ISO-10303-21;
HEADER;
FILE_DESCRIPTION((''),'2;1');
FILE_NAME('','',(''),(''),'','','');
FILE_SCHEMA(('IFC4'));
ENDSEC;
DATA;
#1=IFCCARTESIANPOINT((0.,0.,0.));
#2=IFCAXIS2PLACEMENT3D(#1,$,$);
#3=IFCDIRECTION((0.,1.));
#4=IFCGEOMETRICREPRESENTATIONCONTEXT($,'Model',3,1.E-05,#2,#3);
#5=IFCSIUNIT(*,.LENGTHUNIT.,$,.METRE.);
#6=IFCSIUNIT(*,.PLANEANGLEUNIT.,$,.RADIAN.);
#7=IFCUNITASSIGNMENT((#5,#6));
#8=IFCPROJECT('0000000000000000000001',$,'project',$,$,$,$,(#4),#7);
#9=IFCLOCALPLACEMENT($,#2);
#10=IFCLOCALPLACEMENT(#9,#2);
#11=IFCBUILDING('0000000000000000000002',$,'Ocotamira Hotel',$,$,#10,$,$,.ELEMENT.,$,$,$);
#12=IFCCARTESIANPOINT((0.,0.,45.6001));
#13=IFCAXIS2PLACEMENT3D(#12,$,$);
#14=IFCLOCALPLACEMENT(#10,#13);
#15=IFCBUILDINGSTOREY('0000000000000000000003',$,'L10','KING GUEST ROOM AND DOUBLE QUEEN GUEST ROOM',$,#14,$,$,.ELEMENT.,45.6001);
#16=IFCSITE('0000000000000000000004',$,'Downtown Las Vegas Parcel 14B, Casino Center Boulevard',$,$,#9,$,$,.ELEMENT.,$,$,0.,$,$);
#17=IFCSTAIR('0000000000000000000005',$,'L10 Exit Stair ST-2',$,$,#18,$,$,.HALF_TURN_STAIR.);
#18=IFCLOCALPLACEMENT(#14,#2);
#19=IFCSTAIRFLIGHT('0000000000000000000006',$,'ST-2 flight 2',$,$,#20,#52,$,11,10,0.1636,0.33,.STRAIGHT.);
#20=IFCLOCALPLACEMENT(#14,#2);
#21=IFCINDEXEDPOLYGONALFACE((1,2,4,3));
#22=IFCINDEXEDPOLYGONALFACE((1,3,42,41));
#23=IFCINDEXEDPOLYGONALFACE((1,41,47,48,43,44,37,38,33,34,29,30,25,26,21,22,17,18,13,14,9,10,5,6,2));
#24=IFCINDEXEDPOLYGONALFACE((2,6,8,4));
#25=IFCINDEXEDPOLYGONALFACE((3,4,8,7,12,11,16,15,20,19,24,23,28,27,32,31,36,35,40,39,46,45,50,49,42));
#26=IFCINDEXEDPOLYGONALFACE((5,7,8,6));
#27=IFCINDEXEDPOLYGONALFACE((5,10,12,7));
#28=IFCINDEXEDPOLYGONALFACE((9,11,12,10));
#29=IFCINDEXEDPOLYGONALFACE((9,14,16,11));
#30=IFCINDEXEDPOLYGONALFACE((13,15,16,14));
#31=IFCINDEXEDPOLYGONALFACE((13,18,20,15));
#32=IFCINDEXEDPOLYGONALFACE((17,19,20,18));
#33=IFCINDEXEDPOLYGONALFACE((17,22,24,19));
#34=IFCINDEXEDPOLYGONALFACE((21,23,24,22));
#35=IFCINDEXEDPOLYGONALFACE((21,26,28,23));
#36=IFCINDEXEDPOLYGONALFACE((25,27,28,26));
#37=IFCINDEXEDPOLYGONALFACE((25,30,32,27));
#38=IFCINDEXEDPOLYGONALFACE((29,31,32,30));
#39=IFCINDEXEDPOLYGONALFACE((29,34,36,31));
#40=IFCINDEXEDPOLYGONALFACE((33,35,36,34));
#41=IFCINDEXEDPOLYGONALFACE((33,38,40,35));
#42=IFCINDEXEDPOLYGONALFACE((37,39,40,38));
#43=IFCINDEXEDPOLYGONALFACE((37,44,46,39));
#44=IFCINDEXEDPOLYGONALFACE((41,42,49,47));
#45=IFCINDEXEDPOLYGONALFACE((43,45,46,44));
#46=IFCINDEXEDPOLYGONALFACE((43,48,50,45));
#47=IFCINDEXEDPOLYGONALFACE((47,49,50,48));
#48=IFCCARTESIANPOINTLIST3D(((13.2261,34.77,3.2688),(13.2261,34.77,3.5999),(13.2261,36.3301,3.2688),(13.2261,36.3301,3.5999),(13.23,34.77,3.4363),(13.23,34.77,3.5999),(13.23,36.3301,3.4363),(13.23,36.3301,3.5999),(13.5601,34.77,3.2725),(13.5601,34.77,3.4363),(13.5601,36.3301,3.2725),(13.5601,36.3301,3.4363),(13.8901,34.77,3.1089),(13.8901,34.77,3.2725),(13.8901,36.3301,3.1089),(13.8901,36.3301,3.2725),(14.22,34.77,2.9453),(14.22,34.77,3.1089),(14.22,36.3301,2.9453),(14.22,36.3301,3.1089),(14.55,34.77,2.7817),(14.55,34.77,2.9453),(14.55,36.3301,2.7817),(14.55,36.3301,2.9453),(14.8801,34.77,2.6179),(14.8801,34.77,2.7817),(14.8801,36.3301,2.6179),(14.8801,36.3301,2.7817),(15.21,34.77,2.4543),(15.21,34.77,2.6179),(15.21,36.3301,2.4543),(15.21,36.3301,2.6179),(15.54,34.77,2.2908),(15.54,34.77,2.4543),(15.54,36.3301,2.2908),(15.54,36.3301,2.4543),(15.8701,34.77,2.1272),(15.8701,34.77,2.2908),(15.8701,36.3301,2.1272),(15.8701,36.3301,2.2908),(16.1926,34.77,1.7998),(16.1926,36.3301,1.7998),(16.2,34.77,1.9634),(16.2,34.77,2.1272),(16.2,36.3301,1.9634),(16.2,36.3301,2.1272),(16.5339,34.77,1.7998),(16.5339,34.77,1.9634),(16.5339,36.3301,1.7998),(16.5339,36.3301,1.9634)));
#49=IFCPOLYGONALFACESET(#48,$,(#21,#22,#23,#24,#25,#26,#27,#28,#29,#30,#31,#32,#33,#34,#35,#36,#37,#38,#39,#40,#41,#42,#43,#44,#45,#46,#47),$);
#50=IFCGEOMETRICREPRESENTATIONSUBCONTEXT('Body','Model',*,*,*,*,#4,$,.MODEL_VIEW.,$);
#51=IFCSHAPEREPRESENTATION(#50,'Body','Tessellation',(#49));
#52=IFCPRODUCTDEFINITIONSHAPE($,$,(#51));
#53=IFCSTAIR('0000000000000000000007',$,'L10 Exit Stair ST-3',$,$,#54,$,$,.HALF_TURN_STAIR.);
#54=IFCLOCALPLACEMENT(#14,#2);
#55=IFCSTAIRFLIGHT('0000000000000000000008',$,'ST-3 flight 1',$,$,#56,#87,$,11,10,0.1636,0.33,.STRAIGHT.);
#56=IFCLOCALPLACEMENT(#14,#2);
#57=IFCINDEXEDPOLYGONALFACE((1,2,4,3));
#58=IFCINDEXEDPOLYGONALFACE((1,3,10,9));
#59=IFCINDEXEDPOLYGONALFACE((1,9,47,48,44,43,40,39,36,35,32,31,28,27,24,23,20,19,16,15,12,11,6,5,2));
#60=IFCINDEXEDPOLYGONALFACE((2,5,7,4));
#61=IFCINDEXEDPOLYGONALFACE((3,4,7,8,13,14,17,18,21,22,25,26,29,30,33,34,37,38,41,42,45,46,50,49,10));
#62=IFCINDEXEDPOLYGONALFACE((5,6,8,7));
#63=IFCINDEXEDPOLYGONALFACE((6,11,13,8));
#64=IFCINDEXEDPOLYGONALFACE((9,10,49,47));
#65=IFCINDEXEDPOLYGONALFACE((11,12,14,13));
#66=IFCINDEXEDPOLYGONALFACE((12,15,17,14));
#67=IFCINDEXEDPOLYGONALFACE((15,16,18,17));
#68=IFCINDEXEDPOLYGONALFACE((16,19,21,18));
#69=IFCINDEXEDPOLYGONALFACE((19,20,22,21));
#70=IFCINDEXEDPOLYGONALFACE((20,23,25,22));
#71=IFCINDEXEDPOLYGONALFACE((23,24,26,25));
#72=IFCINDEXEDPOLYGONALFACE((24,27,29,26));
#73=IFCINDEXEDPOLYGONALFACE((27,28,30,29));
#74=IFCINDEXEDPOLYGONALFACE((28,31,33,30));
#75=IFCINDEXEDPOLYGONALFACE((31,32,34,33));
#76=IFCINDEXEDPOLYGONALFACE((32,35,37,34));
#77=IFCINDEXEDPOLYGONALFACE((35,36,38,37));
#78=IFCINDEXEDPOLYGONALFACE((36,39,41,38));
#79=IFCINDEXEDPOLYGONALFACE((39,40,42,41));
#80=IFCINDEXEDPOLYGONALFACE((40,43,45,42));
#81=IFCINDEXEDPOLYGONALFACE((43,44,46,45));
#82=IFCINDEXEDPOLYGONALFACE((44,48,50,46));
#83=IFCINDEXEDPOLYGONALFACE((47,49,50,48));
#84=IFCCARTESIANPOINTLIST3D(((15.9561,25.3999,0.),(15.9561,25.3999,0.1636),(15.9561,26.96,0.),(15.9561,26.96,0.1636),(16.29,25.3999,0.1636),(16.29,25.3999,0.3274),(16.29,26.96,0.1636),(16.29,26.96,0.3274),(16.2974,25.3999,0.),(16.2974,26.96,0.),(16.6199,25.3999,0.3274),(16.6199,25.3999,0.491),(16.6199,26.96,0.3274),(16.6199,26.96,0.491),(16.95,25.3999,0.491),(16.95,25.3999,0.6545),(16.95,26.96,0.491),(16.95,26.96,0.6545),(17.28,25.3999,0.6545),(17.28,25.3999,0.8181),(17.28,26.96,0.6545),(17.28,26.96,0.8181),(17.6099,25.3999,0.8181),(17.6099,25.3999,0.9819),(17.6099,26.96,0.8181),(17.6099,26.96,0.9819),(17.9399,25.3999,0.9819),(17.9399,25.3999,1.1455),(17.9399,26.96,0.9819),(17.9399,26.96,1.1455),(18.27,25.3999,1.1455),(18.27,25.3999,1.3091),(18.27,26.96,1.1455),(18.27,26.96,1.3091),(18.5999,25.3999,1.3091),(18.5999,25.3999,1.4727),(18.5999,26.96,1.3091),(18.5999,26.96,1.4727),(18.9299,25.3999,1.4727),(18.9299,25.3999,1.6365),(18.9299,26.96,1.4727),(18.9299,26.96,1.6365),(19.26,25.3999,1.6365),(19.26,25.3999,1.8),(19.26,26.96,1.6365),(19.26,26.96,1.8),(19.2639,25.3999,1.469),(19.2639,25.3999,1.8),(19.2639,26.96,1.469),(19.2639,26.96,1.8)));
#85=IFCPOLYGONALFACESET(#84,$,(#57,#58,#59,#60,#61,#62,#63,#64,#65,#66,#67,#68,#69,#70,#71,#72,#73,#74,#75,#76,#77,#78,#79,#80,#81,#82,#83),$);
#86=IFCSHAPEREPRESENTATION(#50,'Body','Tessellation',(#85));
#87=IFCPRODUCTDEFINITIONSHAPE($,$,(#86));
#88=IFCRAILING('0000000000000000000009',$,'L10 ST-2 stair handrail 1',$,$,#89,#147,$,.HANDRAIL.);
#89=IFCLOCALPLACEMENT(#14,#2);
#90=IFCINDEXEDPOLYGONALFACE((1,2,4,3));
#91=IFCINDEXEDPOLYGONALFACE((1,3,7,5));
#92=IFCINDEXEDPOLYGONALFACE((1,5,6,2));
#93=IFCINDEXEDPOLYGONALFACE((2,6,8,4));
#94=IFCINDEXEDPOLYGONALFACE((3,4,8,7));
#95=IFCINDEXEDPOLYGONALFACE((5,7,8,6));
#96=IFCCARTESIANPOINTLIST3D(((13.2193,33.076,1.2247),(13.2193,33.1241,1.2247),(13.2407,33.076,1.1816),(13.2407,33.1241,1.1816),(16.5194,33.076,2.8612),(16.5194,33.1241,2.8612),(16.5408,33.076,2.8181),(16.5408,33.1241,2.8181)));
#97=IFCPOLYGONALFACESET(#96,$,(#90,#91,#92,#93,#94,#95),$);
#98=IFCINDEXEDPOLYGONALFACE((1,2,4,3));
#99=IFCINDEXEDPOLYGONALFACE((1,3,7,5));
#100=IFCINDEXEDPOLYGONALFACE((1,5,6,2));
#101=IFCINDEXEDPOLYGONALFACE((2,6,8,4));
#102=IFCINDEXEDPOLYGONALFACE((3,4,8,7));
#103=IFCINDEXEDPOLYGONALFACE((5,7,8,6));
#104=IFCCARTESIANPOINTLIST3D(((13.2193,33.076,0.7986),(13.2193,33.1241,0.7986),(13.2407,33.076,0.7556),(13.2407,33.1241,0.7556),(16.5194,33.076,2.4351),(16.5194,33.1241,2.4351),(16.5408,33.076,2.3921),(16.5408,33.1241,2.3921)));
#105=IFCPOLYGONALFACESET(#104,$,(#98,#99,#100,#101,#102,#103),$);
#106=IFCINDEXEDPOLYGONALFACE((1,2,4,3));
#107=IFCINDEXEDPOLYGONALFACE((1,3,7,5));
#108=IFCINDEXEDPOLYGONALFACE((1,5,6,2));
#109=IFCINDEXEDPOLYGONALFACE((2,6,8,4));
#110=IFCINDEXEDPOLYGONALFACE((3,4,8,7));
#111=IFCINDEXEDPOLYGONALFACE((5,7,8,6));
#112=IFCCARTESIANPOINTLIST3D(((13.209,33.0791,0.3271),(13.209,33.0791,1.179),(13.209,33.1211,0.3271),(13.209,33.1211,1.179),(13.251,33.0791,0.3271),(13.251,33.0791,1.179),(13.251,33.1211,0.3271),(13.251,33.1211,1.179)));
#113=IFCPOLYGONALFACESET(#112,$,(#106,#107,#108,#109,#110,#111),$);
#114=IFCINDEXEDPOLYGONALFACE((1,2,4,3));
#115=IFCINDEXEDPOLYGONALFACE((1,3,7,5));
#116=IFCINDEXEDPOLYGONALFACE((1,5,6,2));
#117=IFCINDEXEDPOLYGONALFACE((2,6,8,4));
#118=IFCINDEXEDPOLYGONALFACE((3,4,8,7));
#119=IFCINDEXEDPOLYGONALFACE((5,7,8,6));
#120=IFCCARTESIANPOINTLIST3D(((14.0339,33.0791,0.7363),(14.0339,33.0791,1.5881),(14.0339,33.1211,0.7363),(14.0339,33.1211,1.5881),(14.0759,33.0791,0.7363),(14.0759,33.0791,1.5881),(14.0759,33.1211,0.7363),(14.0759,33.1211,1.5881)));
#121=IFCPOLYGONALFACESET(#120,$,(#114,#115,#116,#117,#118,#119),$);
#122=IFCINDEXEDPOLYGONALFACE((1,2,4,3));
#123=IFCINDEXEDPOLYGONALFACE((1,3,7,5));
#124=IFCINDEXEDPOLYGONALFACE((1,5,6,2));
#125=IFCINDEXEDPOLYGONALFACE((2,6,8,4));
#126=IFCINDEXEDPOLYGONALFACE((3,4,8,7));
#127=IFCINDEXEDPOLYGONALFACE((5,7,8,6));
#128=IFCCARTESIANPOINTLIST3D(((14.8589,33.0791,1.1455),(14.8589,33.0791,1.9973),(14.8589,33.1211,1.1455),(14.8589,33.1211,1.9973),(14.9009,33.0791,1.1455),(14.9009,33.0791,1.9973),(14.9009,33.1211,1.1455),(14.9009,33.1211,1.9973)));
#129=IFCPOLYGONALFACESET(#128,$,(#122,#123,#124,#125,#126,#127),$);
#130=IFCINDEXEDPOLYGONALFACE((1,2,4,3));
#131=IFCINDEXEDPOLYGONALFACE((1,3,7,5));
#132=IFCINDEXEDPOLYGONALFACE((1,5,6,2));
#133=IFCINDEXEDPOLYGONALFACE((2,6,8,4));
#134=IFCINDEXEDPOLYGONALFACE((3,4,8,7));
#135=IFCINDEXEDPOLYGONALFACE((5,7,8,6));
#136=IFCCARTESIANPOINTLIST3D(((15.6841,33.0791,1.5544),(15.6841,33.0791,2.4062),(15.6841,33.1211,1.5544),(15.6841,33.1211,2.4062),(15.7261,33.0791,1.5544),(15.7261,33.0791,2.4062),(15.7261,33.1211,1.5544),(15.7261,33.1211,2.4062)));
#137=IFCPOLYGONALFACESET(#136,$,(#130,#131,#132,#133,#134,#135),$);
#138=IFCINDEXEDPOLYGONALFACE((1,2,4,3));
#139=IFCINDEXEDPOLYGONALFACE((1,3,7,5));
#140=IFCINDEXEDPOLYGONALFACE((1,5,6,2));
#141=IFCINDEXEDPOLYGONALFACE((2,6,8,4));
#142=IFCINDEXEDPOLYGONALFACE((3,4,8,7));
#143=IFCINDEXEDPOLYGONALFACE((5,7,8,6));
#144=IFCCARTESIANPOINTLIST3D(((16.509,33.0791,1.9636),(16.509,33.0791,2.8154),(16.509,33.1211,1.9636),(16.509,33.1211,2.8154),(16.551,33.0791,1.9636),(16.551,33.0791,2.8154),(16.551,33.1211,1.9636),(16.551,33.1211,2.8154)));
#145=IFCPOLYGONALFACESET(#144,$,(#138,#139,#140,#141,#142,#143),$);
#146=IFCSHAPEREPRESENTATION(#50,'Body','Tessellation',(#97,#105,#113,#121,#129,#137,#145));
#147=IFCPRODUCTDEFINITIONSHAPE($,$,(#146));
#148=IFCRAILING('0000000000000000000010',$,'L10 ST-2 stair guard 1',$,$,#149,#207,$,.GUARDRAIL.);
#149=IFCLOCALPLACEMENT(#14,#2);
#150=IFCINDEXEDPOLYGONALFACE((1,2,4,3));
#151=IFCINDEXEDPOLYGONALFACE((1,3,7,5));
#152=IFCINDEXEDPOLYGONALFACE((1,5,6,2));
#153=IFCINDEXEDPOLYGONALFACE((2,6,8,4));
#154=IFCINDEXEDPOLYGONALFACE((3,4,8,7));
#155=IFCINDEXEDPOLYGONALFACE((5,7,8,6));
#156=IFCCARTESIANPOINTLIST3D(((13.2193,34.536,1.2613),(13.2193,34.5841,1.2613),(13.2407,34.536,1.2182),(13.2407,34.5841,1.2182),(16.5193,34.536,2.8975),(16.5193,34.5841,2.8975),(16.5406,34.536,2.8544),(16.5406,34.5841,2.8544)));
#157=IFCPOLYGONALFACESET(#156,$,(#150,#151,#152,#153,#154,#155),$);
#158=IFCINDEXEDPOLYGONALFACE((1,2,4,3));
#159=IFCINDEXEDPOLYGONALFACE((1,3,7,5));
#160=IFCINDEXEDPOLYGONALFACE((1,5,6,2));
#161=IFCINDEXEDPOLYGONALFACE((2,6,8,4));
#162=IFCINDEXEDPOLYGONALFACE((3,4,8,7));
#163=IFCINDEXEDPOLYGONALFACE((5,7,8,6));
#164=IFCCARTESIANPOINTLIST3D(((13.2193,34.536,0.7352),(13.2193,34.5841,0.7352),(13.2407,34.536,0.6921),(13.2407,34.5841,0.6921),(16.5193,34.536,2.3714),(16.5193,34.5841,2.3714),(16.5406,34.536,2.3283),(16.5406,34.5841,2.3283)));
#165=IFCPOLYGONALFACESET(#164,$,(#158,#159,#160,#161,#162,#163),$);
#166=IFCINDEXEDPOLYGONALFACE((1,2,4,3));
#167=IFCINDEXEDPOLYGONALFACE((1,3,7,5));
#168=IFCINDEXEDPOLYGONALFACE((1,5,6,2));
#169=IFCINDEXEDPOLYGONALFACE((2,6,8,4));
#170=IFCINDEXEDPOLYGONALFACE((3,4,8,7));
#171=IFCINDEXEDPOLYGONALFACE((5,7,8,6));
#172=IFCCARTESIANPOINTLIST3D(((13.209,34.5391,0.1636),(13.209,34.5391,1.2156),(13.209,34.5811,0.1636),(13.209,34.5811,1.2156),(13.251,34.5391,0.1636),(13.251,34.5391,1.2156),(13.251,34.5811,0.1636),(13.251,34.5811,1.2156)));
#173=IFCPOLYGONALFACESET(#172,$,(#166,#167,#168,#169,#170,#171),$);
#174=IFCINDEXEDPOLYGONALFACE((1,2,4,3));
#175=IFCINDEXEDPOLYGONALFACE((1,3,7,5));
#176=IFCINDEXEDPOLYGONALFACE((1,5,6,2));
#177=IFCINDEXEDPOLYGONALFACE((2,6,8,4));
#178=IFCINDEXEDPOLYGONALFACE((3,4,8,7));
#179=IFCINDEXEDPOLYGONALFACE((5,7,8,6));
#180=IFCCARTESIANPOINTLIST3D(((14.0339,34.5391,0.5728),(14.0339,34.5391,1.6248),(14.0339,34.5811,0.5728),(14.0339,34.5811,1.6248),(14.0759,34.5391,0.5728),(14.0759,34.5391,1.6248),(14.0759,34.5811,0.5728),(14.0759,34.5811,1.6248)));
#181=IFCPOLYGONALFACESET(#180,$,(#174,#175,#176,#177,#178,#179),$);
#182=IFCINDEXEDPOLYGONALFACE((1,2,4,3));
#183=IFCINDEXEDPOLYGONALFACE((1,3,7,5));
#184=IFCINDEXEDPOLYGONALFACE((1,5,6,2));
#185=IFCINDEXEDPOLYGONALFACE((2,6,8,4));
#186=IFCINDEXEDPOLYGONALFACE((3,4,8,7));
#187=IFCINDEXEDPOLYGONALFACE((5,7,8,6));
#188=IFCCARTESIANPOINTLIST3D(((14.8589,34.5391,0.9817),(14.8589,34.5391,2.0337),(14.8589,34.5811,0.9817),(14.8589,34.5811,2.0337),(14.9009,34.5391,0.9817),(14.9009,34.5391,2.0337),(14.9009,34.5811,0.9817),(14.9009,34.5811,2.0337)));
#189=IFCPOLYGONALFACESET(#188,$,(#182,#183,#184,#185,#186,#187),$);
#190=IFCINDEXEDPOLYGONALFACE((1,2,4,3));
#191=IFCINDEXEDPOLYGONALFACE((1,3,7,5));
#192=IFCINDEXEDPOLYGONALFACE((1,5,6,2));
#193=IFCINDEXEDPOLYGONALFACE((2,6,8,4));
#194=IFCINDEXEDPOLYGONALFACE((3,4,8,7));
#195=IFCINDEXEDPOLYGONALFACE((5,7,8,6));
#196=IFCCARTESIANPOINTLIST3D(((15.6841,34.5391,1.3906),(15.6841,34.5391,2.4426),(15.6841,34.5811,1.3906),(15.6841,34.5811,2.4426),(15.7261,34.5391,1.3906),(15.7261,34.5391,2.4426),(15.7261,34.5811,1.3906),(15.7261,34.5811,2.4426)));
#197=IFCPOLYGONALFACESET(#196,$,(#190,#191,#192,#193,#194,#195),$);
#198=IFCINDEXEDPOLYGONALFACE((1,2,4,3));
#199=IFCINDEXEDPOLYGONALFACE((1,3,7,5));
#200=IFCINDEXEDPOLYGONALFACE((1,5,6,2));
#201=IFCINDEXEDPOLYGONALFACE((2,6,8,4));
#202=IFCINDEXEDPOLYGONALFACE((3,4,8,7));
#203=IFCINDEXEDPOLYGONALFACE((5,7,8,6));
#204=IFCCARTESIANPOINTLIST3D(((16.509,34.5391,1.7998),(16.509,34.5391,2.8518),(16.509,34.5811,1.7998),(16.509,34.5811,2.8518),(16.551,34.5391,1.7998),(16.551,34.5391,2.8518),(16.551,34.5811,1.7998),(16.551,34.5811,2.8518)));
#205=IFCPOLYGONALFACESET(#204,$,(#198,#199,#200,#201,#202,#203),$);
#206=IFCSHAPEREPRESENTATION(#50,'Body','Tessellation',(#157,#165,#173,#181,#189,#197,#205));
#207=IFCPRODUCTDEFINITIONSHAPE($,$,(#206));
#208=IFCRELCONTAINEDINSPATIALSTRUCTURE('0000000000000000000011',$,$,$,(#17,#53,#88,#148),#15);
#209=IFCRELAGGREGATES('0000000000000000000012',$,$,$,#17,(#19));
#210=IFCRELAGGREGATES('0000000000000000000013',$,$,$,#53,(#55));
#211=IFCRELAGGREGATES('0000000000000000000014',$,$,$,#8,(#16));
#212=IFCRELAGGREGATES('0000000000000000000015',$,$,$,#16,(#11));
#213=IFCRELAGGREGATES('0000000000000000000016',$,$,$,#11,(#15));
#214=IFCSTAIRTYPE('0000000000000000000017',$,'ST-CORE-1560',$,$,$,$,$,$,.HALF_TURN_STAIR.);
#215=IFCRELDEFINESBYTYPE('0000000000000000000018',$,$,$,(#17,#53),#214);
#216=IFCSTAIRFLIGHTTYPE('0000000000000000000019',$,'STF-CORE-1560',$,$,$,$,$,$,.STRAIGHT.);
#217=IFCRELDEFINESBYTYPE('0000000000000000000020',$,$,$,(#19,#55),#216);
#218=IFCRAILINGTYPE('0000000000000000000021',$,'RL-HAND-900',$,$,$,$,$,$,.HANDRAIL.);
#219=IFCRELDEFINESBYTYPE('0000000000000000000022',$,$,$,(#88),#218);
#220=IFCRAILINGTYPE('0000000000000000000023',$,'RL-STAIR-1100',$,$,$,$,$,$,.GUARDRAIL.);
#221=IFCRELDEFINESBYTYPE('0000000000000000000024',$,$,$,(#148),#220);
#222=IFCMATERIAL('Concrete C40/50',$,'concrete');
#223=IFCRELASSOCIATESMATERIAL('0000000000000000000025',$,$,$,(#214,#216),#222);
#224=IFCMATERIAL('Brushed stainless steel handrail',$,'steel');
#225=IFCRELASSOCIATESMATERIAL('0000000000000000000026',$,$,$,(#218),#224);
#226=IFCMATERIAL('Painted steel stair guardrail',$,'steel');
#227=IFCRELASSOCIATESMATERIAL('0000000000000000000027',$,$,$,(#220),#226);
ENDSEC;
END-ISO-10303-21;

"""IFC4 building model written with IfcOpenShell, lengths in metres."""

from ifc_helpers import new_model, si_unit, direction, frame, origin, origin_2d, place, context, subcontext, project, spatial, polyline, rectangle, outline, extrude, source, transform, mapped, material, type_object, element, aggregate, save


model = new_model("IFC4")

# Units and contexts
model_context = context("Model", 3, precision=1e-05, world=origin(), true_north=direction((0.0, 1.0)))
body_context = subcontext(model_context, "Body", "Model", "MODEL_VIEW")
ifc_project = project(units=[si_unit("LENGTHUNIT", "METRE"), si_unit("PLANEANGLEUNIT", "RADIAN")], contexts=[model_context])

# Site, building, storey
site_placement = place(None, origin())
site = spatial("IfcSite", under=ifc_project, at=site_placement, Name="Downtown Las Vegas Parcel 14B, Casino Center Boulevard", CompositionType="ELEMENT", RefElevation=0.0)
building_placement = place(site_placement, origin())
building = spatial("IfcBuilding", under=site, at=building_placement, Name="Ocotamira Hotel", CompositionType="ELEMENT")
storey_placement = place(building_placement, frame((0.0, 0.0, 45.6001)))
storey = spatial("IfcBuildingStorey", under=building, at=storey_placement, Name="L10", Description="KING GUEST ROOM AND DOUBLE QUEEN GUEST ROOM", CompositionType="ELEMENT", Elevation=45.6001)

# Stair, stair flight
ifc_material_1 = material(Name="Concrete C40/50", Category="concrete")
stair_type = type_object("IfcStairType", Name="ST-CORE-1560", PredefinedType="HALF_TURN_STAIR", material=ifc_material_1)
stair_1_placement = place(storey_placement, origin())
stair_1 = element("IfcStair", 1, at=stair_1_placement, inside=storey, type_object=stair_type, Name="L10 Exit Stair ST-2", PredefinedType="HALF_TURN_STAIR")
stair_flight_type = type_object("IfcStairFlightType", Name="STF-CORE-1560", PredefinedType="STRAIGHT", material=ifc_material_1)
shared_shape_1 = source(origin(), body_context, "Body", "SweptSolid", [
    extrude(outline(polyline([(-0.0039, 0.0), (-0.0039, 0.1636), (0.3301, 0.1636), (0.3301, 0.3274), (0.6599, 0.3274), (0.6599, 0.491), (0.99, 0.491), (0.99, 0.6545), (1.3201, 0.6545), (1.3201, 0.8181), (1.6499, 0.8181), (1.6499, 0.9819), (1.98, 0.9819), (1.98, 1.1455), (2.3101, 1.1455), (2.3101, 1.3091), (2.6399, 1.3091), (2.6399, 1.4727), (2.97, 1.4727), (2.97, 1.6365), (3.3, 1.6365), (3.3, 1.8), (3.304, 1.8), (3.304, 1.469), (0.3374, 0.0), (-0.0039, 0.0)])), frame((0.0, 0.78, 0.0), z_axis=(0.0, -1.0, 0.0), x_axis=(1.0, 0.0, 0.0)), (0.0, 0.0, 1.0), 1.5601),
])
stair_flight_1_placement = place(storey_placement, frame((16.53, 35.55, 1.7998), z_axis=(0.0, 0.0, 1.0), x_axis=(-1.0, 0.0, 0.0)))
stair_flight_1 = element("IfcStairFlight", 2, at=stair_flight_1_placement, type_object=stair_flight_type, Name="ST-2 flight 2", NumberOfRisers=11, NumberOfTreads=10, PredefinedType="STRAIGHT", RiserHeight=0.1636, TreadLength=0.33, context=body_context, shape_type="MappedRepresentation", body=[
    mapped(shared_shape_1, transform((0.0, 0.0, 0.0), scale=1.0)),
])
aggregate(stair_1, [stair_flight_1])

# Stair, stair flight
stair_2_placement = place(storey_placement, origin())
stair_2 = element("IfcStair", 3, at=stair_2_placement, inside=storey, type_object=stair_type, Name="L10 Exit Stair ST-3", PredefinedType="HALF_TURN_STAIR")
stair_flight_2_placement = place(storey_placement, frame((15.96, 26.1799, 0.0), z_axis=(0.0, 0.0, 1.0), x_axis=(1.0, 0.0, 0.0)))
stair_flight_2 = element("IfcStairFlight", 4, at=stair_flight_2_placement, type_object=stair_flight_type, Name="ST-3 flight 1", NumberOfRisers=11, NumberOfTreads=10, PredefinedType="STRAIGHT", RiserHeight=0.1636, TreadLength=0.33, context=body_context, shape_type="MappedRepresentation", body=[
    mapped(shared_shape_1, transform((0.0, 0.0, 0.0), scale=1.0)),
])
aggregate(stair_2, [stair_flight_2])

# Railings
ifc_material_2 = material(Name="Brushed stainless steel handrail", Category="steel")
railing_type_1 = type_object("IfcRailingType", Name="RL-HAND-900", PredefinedType="HANDRAIL", material=ifc_material_2)
railing_1_placement = place(storey_placement, frame((13.23, 33.1001, 0.3271)))
element("IfcRailing", 5, at=railing_1_placement, inside=storey, type_object=railing_type_1, Name="L10 ST-2 stair handrail 1", PredefinedType="HANDRAIL", context=body_context, shape_type="SweptSolid", body=[
    extrude(rectangle(XDim=0.0481, YDim=0.0481, at=origin_2d()), frame((0.0, 0.0, 0.876), z_axis=(0.895894, 0.0, 0.444268), x_axis=(0.0, 1.0, 0.0)), (0.0, 0.0, 1.0), 3.6836),
    extrude(rectangle(XDim=0.0481, YDim=0.0481, at=origin_2d()), frame((0.0, 0.0, 0.45), z_axis=(0.895894, 0.0, 0.444268), x_axis=(0.0, 1.0, 0.0)), (0.0, 0.0, 1.0), 3.6836),
    extrude(rectangle(XDim=0.042, YDim=0.042, at=origin_2d()), origin(), (0.0, 0.0, 1.0), 0.8518),
    extrude(rectangle(XDim=0.042, YDim=0.042, at=origin_2d()), frame((0.825, 0.0, 0.4092)), (0.0, 0.0, 1.0), 0.8518),
    extrude(rectangle(XDim=0.042, YDim=0.042, at=origin_2d()), frame((1.6499, 0.0, 0.8184)), (0.0, 0.0, 1.0), 0.8518),
    extrude(rectangle(XDim=0.042, YDim=0.042, at=origin_2d()), frame((2.4751, 0.0, 1.2273)), (0.0, 0.0, 1.0), 0.8518),
    extrude(rectangle(XDim=0.042, YDim=0.042, at=origin_2d()), frame((3.3, 0.0, 1.6365)), (0.0, 0.0, 1.0), 0.8518),
])
ifc_material_3 = material(Name="Painted steel stair guardrail", Category="steel")
railing_type_2 = type_object("IfcRailingType", Name="RL-STAIR-1100", PredefinedType="GUARDRAIL", material=ifc_material_3)
railing_2_placement = place(storey_placement, frame((13.23, 34.5601, 0.1636)))
element("IfcRailing", 6, at=railing_2_placement, inside=storey, type_object=railing_type_2, Name="L10 ST-2 stair guard 1", PredefinedType="GUARDRAIL", context=body_context, shape_type="SweptSolid", body=[
    extrude(rectangle(XDim=0.0481, YDim=0.0481, at=origin_2d()), frame((0.0, 0.0, 1.0762), z_axis=(0.89592, 0.0, 0.444215), x_axis=(0.0, 1.0, 0.0)), (0.0, 0.0, 1.0), 3.6833),
    extrude(rectangle(XDim=0.0481, YDim=0.0481, at=origin_2d()), frame((0.0, 0.0, 0.55), z_axis=(0.89592, 0.0, 0.444215), x_axis=(0.0, 1.0, 0.0)), (0.0, 0.0, 1.0), 3.6833),
    extrude(rectangle(XDim=0.042, YDim=0.042, at=origin_2d()), origin(), (0.0, 0.0, 1.0), 1.052),
    extrude(rectangle(XDim=0.042, YDim=0.042, at=origin_2d()), frame((0.825, 0.0, 0.4092)), (0.0, 0.0, 1.0), 1.052),
    extrude(rectangle(XDim=0.042, YDim=0.042, at=origin_2d()), frame((1.6499, 0.0, 0.8181)), (0.0, 0.0, 1.0), 1.052),
    extrude(rectangle(XDim=0.042, YDim=0.042, at=origin_2d()), frame((2.4751, 0.0, 1.2271)), (0.0, 0.0, 1.0), 1.052),
    extrude(rectangle(XDim=0.042, YDim=0.042, at=origin_2d()), frame((3.3, 0.0, 1.6362)), (0.0, 0.0, 1.0), 1.052),
])

save(model, "model.ifc")
